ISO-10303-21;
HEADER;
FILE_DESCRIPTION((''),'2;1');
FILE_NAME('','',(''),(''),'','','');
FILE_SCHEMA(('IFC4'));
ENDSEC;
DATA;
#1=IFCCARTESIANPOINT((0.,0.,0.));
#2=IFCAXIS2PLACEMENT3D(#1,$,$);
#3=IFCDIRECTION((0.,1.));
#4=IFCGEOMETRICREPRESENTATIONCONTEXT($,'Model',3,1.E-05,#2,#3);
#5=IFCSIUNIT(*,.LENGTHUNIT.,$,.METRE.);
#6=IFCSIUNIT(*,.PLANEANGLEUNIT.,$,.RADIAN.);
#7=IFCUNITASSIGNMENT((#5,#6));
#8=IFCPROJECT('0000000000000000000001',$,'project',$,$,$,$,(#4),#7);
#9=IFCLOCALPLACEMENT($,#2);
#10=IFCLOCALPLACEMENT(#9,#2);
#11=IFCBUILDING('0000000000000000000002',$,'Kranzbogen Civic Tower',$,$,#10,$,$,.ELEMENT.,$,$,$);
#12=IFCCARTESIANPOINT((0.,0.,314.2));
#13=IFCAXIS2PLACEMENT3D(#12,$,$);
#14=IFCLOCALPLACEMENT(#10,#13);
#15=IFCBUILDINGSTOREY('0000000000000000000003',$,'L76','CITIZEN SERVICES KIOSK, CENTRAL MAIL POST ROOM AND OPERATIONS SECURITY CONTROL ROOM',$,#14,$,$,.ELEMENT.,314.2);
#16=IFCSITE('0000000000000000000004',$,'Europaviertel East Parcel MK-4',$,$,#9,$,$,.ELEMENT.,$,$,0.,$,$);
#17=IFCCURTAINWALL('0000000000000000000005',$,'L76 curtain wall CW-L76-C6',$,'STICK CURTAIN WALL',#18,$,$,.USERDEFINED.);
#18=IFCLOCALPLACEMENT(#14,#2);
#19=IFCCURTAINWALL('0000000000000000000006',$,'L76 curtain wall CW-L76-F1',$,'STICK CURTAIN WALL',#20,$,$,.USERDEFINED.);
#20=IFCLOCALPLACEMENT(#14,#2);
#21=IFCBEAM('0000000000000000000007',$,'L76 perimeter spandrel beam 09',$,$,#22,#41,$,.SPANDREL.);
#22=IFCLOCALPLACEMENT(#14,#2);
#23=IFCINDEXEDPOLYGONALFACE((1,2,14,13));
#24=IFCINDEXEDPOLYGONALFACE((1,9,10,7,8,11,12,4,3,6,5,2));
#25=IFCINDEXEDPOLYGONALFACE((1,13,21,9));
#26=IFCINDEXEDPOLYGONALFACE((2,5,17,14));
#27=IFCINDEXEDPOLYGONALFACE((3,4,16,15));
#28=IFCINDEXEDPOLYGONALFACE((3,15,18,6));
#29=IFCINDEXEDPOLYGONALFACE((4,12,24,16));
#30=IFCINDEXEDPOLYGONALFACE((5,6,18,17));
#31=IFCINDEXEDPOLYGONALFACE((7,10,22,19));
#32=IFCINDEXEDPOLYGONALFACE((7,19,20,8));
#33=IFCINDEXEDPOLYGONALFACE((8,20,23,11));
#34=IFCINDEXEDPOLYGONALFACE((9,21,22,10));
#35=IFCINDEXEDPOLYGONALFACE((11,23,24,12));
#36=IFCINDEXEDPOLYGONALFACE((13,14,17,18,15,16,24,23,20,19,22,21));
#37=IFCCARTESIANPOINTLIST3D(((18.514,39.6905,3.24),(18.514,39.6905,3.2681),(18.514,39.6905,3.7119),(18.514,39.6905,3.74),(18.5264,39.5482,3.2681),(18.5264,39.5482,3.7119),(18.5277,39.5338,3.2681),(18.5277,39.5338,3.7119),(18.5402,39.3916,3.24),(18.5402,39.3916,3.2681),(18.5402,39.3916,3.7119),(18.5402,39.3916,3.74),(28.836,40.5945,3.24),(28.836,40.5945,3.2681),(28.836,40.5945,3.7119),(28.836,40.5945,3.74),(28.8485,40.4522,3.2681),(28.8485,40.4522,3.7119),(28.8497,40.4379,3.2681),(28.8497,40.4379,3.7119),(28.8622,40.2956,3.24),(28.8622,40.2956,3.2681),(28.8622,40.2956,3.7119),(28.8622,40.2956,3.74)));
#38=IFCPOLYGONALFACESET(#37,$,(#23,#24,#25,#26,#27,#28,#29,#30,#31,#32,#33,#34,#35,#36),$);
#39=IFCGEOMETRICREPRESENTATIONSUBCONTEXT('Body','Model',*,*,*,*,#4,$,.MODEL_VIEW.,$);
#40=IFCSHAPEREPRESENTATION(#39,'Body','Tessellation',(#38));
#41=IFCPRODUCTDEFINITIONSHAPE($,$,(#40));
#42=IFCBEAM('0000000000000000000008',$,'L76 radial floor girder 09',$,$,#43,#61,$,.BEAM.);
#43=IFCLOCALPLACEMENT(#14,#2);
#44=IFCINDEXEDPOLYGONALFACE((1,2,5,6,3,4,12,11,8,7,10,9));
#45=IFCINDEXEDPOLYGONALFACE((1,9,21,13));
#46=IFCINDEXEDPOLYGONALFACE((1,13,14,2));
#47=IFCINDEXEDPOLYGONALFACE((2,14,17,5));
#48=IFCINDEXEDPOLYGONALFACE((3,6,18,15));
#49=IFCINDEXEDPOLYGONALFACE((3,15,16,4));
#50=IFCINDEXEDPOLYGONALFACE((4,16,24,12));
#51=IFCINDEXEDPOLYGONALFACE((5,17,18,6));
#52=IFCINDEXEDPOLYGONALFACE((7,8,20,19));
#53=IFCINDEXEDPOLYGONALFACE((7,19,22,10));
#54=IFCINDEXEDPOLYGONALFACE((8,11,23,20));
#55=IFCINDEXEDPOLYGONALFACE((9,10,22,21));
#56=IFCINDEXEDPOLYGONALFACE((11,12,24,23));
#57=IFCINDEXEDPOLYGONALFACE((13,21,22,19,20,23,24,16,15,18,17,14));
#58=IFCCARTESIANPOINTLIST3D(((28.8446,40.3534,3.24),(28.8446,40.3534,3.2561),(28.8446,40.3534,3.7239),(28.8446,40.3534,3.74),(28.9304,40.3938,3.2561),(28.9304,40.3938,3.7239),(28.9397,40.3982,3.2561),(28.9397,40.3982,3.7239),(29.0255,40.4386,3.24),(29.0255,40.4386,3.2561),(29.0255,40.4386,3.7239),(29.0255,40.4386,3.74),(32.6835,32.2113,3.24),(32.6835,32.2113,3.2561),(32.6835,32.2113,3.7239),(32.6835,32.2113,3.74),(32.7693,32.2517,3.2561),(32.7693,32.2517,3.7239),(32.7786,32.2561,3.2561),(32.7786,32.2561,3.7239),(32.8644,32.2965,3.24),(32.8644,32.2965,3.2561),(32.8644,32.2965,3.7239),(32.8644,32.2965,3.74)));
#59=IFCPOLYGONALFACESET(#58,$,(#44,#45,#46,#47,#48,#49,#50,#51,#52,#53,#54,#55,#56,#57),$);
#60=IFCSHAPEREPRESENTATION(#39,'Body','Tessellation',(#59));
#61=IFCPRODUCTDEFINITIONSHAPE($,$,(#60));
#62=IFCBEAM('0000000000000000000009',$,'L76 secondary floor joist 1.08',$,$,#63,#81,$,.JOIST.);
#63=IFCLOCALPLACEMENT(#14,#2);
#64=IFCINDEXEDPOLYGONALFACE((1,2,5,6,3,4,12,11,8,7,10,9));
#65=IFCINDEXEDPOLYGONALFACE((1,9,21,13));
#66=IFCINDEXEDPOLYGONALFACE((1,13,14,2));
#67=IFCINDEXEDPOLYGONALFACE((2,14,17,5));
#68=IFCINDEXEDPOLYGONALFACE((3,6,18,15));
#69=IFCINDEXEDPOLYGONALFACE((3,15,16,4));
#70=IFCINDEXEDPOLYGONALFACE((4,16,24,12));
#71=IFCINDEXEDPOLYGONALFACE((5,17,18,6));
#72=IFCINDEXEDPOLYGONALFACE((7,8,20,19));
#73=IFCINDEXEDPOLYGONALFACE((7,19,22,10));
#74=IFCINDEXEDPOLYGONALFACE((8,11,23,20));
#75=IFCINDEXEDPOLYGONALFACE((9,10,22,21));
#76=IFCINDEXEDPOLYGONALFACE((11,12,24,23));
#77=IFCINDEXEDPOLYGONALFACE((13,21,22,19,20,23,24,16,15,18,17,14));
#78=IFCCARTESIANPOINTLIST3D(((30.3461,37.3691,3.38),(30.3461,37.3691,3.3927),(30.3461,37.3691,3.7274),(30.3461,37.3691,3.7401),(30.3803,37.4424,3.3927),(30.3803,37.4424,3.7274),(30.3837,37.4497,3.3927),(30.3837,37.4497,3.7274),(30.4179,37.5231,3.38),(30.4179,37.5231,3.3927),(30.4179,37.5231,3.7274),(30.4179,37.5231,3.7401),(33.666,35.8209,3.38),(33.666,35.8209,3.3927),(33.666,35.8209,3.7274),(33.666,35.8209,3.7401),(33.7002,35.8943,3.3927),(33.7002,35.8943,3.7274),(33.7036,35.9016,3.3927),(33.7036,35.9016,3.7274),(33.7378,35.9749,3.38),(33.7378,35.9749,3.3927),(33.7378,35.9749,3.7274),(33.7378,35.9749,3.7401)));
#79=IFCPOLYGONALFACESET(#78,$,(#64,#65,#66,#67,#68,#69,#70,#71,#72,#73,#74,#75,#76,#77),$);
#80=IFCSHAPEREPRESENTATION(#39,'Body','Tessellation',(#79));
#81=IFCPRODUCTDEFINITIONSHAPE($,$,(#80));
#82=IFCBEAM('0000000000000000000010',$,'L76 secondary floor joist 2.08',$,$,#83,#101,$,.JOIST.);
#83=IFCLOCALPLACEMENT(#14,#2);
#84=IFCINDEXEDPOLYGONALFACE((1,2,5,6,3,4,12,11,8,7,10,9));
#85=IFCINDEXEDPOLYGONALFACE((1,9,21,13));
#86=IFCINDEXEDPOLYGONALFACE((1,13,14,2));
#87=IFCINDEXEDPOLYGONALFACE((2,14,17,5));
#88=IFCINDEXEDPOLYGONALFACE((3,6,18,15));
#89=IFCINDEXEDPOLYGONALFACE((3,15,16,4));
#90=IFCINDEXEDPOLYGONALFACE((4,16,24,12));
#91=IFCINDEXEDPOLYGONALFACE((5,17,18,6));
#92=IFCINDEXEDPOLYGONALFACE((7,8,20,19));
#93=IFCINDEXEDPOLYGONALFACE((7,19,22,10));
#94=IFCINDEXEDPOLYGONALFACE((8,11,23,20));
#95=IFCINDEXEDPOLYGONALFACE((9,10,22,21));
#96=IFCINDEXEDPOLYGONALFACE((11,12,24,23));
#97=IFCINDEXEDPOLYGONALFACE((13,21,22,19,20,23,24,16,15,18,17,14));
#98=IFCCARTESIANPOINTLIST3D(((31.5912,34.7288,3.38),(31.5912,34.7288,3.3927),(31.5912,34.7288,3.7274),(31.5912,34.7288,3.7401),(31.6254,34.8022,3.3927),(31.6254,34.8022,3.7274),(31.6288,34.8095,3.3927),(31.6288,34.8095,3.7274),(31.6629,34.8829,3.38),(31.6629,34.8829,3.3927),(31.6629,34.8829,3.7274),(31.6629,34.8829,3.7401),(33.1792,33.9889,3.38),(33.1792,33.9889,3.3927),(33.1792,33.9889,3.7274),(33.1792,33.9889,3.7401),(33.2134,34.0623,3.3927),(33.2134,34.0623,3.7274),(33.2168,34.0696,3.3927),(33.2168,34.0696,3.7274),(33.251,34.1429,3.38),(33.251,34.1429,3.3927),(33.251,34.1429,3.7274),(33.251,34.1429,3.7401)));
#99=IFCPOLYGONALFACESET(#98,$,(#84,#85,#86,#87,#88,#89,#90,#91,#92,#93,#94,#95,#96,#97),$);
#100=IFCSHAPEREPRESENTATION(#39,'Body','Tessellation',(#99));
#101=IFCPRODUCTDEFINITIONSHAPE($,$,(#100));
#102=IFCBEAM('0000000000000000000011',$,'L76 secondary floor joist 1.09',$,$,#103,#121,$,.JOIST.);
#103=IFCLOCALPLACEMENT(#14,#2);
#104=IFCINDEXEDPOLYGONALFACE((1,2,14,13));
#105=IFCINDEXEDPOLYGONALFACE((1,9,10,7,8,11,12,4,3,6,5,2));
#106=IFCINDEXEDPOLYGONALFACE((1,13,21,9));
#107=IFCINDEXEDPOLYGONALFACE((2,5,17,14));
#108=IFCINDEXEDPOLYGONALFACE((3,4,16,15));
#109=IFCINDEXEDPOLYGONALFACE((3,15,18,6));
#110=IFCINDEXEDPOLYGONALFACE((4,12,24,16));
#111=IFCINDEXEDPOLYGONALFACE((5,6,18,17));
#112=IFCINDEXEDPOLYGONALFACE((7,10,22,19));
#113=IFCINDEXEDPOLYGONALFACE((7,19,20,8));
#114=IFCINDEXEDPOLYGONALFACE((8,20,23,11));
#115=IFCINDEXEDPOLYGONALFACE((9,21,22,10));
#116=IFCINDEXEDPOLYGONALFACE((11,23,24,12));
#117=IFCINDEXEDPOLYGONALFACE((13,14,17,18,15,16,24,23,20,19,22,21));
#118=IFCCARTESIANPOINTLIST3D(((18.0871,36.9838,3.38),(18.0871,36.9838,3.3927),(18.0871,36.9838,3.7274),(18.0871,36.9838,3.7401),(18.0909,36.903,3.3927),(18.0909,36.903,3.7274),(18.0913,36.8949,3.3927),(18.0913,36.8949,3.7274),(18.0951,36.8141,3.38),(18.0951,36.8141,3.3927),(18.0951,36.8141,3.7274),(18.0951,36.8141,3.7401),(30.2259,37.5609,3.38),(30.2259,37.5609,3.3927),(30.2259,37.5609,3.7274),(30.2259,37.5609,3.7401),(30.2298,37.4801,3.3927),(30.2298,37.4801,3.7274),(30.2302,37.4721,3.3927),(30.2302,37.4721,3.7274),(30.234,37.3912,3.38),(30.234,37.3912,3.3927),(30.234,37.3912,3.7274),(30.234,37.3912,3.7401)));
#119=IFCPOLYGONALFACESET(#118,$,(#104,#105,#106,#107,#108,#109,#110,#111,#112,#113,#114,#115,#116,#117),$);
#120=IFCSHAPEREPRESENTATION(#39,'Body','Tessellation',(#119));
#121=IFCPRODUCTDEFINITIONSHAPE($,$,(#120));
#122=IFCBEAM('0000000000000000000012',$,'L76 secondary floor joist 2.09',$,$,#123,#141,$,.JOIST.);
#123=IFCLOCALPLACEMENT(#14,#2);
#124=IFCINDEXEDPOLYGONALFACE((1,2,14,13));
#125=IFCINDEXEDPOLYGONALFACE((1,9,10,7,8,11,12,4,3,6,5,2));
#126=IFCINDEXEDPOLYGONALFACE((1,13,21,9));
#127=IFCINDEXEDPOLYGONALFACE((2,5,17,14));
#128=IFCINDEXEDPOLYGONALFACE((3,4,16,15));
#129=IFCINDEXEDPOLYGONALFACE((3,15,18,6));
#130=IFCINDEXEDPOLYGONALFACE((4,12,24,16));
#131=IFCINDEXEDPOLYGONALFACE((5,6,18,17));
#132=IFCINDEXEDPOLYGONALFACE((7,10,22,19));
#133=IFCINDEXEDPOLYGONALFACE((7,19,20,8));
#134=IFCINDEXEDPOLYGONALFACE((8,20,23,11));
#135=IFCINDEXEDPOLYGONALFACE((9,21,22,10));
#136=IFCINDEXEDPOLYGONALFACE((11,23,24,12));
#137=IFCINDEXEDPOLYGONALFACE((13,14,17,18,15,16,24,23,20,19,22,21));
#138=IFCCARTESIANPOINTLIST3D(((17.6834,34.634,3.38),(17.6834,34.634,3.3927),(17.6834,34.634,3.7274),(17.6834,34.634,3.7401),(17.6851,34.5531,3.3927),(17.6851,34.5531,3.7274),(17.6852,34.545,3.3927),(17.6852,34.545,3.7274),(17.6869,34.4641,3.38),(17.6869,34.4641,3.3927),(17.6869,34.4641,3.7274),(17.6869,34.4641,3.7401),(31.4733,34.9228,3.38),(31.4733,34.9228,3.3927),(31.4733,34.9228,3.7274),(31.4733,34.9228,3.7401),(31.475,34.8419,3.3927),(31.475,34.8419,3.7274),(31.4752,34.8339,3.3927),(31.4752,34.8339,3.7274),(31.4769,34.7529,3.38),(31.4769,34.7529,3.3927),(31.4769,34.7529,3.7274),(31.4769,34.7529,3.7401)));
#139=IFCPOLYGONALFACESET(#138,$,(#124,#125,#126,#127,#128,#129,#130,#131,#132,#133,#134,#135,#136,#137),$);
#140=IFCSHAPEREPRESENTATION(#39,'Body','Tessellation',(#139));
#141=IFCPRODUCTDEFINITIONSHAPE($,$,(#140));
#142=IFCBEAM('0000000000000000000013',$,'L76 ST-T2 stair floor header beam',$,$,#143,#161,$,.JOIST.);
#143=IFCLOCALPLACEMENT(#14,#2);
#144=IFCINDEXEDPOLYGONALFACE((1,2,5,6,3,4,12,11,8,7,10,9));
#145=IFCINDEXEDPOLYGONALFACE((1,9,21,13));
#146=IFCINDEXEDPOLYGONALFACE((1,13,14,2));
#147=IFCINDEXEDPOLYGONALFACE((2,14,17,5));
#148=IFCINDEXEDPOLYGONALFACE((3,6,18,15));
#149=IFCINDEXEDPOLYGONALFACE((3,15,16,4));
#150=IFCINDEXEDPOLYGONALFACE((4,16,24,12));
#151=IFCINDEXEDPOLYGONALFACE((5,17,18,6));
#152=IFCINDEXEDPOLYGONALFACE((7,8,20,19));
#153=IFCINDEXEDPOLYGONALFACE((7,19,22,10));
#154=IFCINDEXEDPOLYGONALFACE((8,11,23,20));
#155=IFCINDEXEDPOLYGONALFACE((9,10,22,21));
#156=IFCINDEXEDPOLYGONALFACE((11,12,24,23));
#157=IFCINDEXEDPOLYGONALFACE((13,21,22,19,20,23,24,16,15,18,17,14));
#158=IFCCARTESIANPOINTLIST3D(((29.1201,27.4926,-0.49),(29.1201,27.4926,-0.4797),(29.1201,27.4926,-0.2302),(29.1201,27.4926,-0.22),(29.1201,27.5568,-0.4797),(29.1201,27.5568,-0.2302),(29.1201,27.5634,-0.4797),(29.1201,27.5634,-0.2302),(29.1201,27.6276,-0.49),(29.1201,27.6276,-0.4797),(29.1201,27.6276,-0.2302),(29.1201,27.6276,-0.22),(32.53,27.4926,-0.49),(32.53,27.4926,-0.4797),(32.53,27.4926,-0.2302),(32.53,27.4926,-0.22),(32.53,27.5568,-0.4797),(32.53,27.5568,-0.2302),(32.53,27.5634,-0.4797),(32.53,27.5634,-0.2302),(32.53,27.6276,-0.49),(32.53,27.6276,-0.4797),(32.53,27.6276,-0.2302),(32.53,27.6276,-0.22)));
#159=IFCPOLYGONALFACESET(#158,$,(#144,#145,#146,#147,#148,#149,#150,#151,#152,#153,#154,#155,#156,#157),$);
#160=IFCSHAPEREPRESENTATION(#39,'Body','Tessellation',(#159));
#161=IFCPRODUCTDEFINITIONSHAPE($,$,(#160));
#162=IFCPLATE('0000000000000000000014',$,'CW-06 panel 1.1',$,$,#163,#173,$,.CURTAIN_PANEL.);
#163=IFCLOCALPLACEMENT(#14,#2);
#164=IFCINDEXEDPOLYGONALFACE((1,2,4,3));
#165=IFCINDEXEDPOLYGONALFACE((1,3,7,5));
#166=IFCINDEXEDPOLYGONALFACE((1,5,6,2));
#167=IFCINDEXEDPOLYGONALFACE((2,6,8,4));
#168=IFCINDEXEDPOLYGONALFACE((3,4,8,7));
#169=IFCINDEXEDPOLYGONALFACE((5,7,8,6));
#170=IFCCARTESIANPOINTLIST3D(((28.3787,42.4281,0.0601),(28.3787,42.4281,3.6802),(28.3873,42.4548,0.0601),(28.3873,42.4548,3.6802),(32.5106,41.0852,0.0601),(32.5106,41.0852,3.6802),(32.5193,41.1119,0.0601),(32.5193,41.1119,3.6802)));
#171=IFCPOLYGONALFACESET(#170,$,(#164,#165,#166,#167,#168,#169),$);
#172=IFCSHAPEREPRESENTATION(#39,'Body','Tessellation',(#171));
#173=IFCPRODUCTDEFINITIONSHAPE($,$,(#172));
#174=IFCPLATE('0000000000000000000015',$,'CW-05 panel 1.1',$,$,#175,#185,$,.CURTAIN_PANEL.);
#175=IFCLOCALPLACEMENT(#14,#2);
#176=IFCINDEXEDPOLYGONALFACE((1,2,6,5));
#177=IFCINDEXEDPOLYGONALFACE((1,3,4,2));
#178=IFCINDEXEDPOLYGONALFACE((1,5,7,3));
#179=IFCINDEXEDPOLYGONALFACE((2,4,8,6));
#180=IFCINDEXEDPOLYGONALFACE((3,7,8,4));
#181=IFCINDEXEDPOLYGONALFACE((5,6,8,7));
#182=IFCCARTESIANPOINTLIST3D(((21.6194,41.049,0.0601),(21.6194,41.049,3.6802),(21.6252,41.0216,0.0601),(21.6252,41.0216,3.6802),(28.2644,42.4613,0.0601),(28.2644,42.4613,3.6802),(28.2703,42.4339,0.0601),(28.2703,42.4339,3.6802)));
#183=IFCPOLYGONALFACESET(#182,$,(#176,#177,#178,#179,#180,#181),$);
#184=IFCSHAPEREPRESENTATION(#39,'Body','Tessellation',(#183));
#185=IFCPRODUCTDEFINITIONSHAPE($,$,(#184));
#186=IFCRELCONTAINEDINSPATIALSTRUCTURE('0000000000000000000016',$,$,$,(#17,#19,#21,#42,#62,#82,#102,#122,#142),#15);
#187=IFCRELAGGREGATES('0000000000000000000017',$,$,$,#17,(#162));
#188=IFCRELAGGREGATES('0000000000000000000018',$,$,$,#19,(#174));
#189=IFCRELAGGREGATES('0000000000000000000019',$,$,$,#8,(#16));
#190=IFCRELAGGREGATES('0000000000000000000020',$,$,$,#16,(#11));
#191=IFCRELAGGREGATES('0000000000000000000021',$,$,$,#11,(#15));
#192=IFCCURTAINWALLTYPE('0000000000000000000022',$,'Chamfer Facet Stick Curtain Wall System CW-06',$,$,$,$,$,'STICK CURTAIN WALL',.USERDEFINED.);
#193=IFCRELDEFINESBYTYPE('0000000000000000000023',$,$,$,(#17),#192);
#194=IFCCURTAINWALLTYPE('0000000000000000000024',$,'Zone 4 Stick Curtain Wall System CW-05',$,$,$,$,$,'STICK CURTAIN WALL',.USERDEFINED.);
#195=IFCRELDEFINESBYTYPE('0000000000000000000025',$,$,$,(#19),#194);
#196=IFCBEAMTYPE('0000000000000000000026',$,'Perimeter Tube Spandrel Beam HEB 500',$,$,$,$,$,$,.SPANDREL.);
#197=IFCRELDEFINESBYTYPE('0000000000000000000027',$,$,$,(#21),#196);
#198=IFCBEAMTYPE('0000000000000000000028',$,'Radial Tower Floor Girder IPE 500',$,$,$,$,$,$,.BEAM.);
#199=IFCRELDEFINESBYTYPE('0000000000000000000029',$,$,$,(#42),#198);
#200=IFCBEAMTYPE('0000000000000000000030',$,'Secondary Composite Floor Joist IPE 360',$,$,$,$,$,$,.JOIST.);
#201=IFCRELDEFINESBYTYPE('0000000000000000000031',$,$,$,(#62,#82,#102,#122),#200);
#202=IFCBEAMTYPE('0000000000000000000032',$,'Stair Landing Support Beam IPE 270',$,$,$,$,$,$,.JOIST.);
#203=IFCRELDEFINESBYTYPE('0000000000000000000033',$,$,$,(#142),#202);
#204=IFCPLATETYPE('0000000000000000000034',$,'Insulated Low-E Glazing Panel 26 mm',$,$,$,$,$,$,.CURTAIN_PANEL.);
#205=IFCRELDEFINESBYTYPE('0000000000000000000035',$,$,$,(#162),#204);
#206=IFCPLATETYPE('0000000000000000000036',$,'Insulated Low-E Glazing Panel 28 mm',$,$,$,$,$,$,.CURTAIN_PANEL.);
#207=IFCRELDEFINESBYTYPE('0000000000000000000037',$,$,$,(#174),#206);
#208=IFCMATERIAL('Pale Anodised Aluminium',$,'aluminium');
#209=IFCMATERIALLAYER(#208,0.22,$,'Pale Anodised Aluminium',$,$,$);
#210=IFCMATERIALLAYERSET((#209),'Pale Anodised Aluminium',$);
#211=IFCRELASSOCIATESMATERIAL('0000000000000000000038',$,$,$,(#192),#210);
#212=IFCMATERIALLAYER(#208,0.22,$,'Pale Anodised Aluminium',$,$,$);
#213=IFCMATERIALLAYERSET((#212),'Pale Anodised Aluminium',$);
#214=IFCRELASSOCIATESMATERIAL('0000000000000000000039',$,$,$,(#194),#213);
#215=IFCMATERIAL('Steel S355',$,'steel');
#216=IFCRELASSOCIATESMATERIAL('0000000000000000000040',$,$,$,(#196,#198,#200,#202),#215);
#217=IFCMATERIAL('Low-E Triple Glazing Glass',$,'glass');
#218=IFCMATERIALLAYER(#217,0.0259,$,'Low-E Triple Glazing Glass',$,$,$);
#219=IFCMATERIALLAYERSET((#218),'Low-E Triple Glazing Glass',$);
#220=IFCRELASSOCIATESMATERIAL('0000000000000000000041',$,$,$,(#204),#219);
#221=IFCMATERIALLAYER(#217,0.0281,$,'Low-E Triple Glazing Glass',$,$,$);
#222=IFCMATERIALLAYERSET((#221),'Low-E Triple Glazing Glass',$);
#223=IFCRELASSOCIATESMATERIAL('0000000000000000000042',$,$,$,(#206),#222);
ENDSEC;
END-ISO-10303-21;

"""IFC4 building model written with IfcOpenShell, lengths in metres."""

from ifc_helpers import new_model, si_unit, direction, frame, origin, origin_2d, place, context, subcontext, project, spatial, rectangle, i_section, extrude, material, layer, layer_set, material_profile, profile_set, type_object, element, aggregate, save


model = new_model("IFC4")

# Units and contexts
model_context = context("Model", 3, precision=1e-05, world=origin(), true_north=direction((0.0, 1.0)))
body_context = subcontext(model_context, "Body", "Model", "MODEL_VIEW")
ifc_project = project(units=[si_unit("LENGTHUNIT", "METRE"), si_unit("PLANEANGLEUNIT", "RADIAN")], contexts=[model_context])

# Site, building, storey
site_placement = place(None, origin())
site = spatial("IfcSite", under=ifc_project, at=site_placement, Name="Europaviertel East Parcel MK-4", CompositionType="ELEMENT", RefElevation=0.0)
building_placement = place(site_placement, origin())
building = spatial("IfcBuilding", under=site, at=building_placement, Name="Kranzbogen Civic Tower", CompositionType="ELEMENT")
storey_placement = place(building_placement, frame((0.0, 0.0, 314.2)))
storey = spatial("IfcBuildingStorey", under=building, at=storey_placement, Name="L76", Description="CITIZEN SERVICES KIOSK, CENTRAL MAIL POST ROOM AND OPERATIONS SECURITY CONTROL ROOM", CompositionType="ELEMENT", Elevation=314.2)

# Shared definitions
ifc_material_1 = material(Name="Steel S355", Category="steel")

# Curtain wall
ifc_material_2 = material(Name="Pale Anodised Aluminium", Category="aluminium")
ifc_layer_1 = layer(ifc_material_2, 0.22, Name="Pale Anodised Aluminium")
ifc_layer_set_1 = layer_set([ifc_layer_1], Name="Pale Anodised Aluminium")
curtain_wall_type_1 = type_object("IfcCurtainWallType", Name="Chamfer Facet Stick Curtain Wall System CW-06", ElementType="STICK CURTAIN WALL", PredefinedType="USERDEFINED", material=ifc_layer_set_1)
curtain_wall_1_placement = place(storey_placement, origin())
curtain_wall_1 = element("IfcCurtainWall", 1, at=curtain_wall_1_placement, inside=storey, type_object=curtain_wall_type_1, Name="L76 curtain wall CW-L76-C6", ObjectType="STICK CURTAIN WALL", PredefinedType="USERDEFINED")

# Curtain wall
ifc_layer_2 = layer(ifc_material_2, 0.22, Name="Pale Anodised Aluminium")
ifc_layer_set_2 = layer_set([ifc_layer_2], Name="Pale Anodised Aluminium")
curtain_wall_type_2 = type_object("IfcCurtainWallType", Name="Zone 4 Stick Curtain Wall System CW-05", ElementType="STICK CURTAIN WALL", PredefinedType="USERDEFINED", material=ifc_layer_set_2)
curtain_wall_2_placement = place(storey_placement, origin())
curtain_wall_2 = element("IfcCurtainWall", 2, at=curtain_wall_2_placement, inside=storey, type_object=curtain_wall_type_2, Name="L76 curtain wall CW-L76-F1", ObjectType="STICK CURTAIN WALL", PredefinedType="USERDEFINED")

# Beams
ifc_material_profile_1 = material_profile(ifc_material_1, i_section(OverallWidth=0.3, OverallDepth=0.5, WebThickness=0.0144, FlangeThickness=0.0281, at=origin_2d()), Name="HEB 500")
ifc_profile_set_1 = profile_set([ifc_material_profile_1], Name="Steel S355")
beam_type_1 = type_object("IfcBeamType", Name="Perimeter Tube Spandrel Beam HEB 500", PredefinedType="SPANDREL", material=ifc_profile_set_1)
beam_1_placement = place(storey_placement, frame((28.8491, 40.4451, 3.49), z_axis=(-0.996186, -0.087251, 0.0), x_axis=(0.087251, -0.996186, 0.0)))
element("IfcBeam", 3, at=beam_1_placement, inside=storey, type_object=beam_type_1, Name="L76 perimeter spandrel beam 09", PredefinedType="SPANDREL", context=body_context, shape_type="SweptSolid", body=[
    extrude(i_section(OverallWidth=0.3, OverallDepth=0.5, WebThickness=0.0144, FlangeThickness=0.0281, at=origin_2d()), origin(), (0.0, 0.0, 1.0), 10.3616),
])
ifc_material_profile_2 = material_profile(ifc_material_1, i_section(OverallWidth=0.2, OverallDepth=0.5, WebThickness=0.0103, FlangeThickness=0.0161, at=origin_2d()), Name="IPE 500")
ifc_profile_set_2 = profile_set([ifc_material_profile_2], Name="Steel S355")
beam_type_2 = type_object("IfcBeamType", Name="Radial Tower Floor Girder IPE 500", PredefinedType="BEAM", material=ifc_profile_set_2)
beam_2_placement = place(storey_placement, frame((28.9351, 40.396, 3.49), z_axis=(0.42646, -0.904506, 0.0), x_axis=(0.904506, 0.42646, 0.0)))
element("IfcBeam", 4, at=beam_2_placement, inside=storey, type_object=beam_type_2, Name="L76 radial floor girder 09", PredefinedType="BEAM", context=body_context, shape_type="SweptSolid", body=[
    extrude(i_section(OverallWidth=0.2, OverallDepth=0.5, WebThickness=0.0103, FlangeThickness=0.0161, at=origin_2d()), origin(), (0.0, 0.0, 1.0), 9.0017),
])
ifc_material_profile_3 = material_profile(ifc_material_1, i_section(OverallWidth=0.1699, OverallDepth=0.3601, WebThickness=0.0081, FlangeThickness=0.0127, at=origin_2d()), Name="IPE 360")
ifc_profile_set_3 = profile_set([ifc_material_profile_3], Name="Steel S355")
beam_type_3 = type_object("IfcBeamType", Name="Secondary Composite Floor Joist IPE 360", PredefinedType="JOIST", material=ifc_profile_set_3)
beam_3_placement = place(storey_placement, frame((33.7019, 35.8979, 3.5601), z_axis=(-0.906304, 0.422626, 0.0), x_axis=(-0.422626, -0.906304, 0.0)))
element("IfcBeam", 5, at=beam_3_placement, inside=storey, type_object=beam_type_3, Name="L76 secondary floor joist 1.08", PredefinedType="JOIST", context=body_context, shape_type="SweptSolid", body=[
    extrude(i_section(OverallWidth=0.1699, OverallDepth=0.3601, WebThickness=0.0081, FlangeThickness=0.0127, at=origin_2d()), origin(), (0.0, 0.0, 1.0), 3.6631),
])
beam_4_placement = place(storey_placement, frame((33.2151, 34.0659, 3.5601), z_axis=(-0.906432, 0.422351, 0.0), x_axis=(-0.422351, -0.906432, 0.0)))
element("IfcBeam", 6, at=beam_4_placement, inside=storey, type_object=beam_type_3, Name="L76 secondary floor joist 2.08", PredefinedType="JOIST", context=body_context, shape_type="SweptSolid", body=[
    extrude(i_section(OverallWidth=0.1699, OverallDepth=0.3601, WebThickness=0.0081, FlangeThickness=0.0127, at=origin_2d()), origin(), (0.0, 0.0, 1.0), 1.752),
])
beam_5_placement = place(storey_placement, frame((30.23, 37.4761, 3.5601), z_axis=(-0.998872, -0.047492, 0.0), x_axis=(0.047492, -0.998872, 0.0)))
element("IfcBeam", 7, at=beam_5_placement, inside=storey, type_object=beam_type_3, Name="L76 secondary floor joist 1.09", PredefinedType="JOIST", context=body_context, shape_type="SweptSolid", body=[
    extrude(i_section(OverallWidth=0.1699, OverallDepth=0.3601, WebThickness=0.0081, FlangeThickness=0.0127, at=origin_2d()), origin(), (0.0, 0.0, 1.0), 12.1526),
])
beam_6_placement = place(storey_placement, frame((31.4751, 34.8379, 3.5601), z_axis=(-0.999781, -0.020939, 0.0), x_axis=(0.020939, -0.999781, 0.0)))
element("IfcBeam", 8, at=beam_6_placement, inside=storey, type_object=beam_type_3, Name="L76 secondary floor joist 2.09", PredefinedType="JOIST", context=body_context, shape_type="SweptSolid", body=[
    extrude(i_section(OverallWidth=0.1699, OverallDepth=0.3601, WebThickness=0.0081, FlangeThickness=0.0127, at=origin_2d()), origin(), (0.0, 0.0, 1.0), 13.793),
])
ifc_material_profile_4 = material_profile(ifc_material_1, i_section(OverallWidth=0.135, OverallDepth=0.27, WebThickness=0.0066, FlangeThickness=0.0103, at=origin_2d()), Name="IPE 270")
ifc_profile_set_4 = profile_set([ifc_material_profile_4], Name="Steel S355")
beam_type_4 = type_object("IfcBeamType", Name="Stair Landing Support Beam IPE 270", PredefinedType="JOIST", material=ifc_profile_set_4)
beam_7_placement = place(storey_placement, frame((29.1201, 27.5601, -0.355), z_axis=(1.0, 0.0, 0.0), x_axis=(0.0, 1.0, 0.0)))
element("IfcBeam", 9, at=beam_7_placement, inside=storey, type_object=beam_type_4, Name="L76 ST-T2 stair floor header beam", PredefinedType="JOIST", context=body_context, shape_type="SweptSolid", body=[
    extrude(i_section(OverallWidth=0.135, OverallDepth=0.27, WebThickness=0.0066, FlangeThickness=0.0103, at=origin_2d()), origin(), (0.0, 0.0, 1.0), 3.4099),
])

# Plates
ifc_material_3 = material(Name="Low-E Triple Glazing Glass", Category="glass")
ifc_layer_3 = layer(ifc_material_3, 0.0259, Name="Low-E Triple Glazing Glass")
ifc_layer_set_3 = layer_set([ifc_layer_3], Name="Low-E Triple Glazing Glass")
plate_type_1 = type_object("IfcPlateType", Name="Insulated Low-E Glazing Panel 26 mm", PredefinedType="CURTAIN_PANEL", material=ifc_layer_set_3)
plate_1_placement = place(storey_placement, frame((30.449, 41.77, 0.0601), z_axis=(0.0, 0.0, 1.0), x_axis=(-0.951031, 0.309096, 0.0)))
plate_1 = element("IfcPlate", 10, at=plate_1_placement, type_object=plate_type_1, Name="CW-06 panel 1.1", PredefinedType="CURTAIN_PANEL", context=body_context, shape_type="SweptSolid", body=[
    extrude(rectangle(XDim=4.3447, YDim=0.0281, at=origin_2d()), origin(), (0.0, 0.0, 1.0), 3.6201),
])
aggregate(curtain_wall_1, [plate_1])
ifc_layer_4 = layer(ifc_material_3, 0.0281, Name="Low-E Triple Glazing Glass")
ifc_layer_set_4 = layer_set([ifc_layer_4], Name="Low-E Triple Glazing Glass")
plate_type_2 = type_object("IfcPlateType", Name="Insulated Low-E Glazing Panel 28 mm", PredefinedType="CURTAIN_PANEL", material=ifc_layer_set_4)
plate_2_placement = place(storey_placement, frame((24.9448, 41.7415, 0.0601), z_axis=(0.0, 0.0, 1.0), x_axis=(-0.978152, -0.207892, 0.0)))
plate_2 = element("IfcPlate", 11, at=plate_2_placement, type_object=plate_type_2, Name="CW-05 panel 1.1", PredefinedType="CURTAIN_PANEL", context=body_context, shape_type="SweptSolid", body=[
    extrude(rectangle(XDim=6.7935, YDim=0.0281, at=origin_2d()), origin(), (0.0, 0.0, 1.0), 3.6201),
])
aggregate(curtain_wall_2, [plate_2])

save(model, "model.ifc")
